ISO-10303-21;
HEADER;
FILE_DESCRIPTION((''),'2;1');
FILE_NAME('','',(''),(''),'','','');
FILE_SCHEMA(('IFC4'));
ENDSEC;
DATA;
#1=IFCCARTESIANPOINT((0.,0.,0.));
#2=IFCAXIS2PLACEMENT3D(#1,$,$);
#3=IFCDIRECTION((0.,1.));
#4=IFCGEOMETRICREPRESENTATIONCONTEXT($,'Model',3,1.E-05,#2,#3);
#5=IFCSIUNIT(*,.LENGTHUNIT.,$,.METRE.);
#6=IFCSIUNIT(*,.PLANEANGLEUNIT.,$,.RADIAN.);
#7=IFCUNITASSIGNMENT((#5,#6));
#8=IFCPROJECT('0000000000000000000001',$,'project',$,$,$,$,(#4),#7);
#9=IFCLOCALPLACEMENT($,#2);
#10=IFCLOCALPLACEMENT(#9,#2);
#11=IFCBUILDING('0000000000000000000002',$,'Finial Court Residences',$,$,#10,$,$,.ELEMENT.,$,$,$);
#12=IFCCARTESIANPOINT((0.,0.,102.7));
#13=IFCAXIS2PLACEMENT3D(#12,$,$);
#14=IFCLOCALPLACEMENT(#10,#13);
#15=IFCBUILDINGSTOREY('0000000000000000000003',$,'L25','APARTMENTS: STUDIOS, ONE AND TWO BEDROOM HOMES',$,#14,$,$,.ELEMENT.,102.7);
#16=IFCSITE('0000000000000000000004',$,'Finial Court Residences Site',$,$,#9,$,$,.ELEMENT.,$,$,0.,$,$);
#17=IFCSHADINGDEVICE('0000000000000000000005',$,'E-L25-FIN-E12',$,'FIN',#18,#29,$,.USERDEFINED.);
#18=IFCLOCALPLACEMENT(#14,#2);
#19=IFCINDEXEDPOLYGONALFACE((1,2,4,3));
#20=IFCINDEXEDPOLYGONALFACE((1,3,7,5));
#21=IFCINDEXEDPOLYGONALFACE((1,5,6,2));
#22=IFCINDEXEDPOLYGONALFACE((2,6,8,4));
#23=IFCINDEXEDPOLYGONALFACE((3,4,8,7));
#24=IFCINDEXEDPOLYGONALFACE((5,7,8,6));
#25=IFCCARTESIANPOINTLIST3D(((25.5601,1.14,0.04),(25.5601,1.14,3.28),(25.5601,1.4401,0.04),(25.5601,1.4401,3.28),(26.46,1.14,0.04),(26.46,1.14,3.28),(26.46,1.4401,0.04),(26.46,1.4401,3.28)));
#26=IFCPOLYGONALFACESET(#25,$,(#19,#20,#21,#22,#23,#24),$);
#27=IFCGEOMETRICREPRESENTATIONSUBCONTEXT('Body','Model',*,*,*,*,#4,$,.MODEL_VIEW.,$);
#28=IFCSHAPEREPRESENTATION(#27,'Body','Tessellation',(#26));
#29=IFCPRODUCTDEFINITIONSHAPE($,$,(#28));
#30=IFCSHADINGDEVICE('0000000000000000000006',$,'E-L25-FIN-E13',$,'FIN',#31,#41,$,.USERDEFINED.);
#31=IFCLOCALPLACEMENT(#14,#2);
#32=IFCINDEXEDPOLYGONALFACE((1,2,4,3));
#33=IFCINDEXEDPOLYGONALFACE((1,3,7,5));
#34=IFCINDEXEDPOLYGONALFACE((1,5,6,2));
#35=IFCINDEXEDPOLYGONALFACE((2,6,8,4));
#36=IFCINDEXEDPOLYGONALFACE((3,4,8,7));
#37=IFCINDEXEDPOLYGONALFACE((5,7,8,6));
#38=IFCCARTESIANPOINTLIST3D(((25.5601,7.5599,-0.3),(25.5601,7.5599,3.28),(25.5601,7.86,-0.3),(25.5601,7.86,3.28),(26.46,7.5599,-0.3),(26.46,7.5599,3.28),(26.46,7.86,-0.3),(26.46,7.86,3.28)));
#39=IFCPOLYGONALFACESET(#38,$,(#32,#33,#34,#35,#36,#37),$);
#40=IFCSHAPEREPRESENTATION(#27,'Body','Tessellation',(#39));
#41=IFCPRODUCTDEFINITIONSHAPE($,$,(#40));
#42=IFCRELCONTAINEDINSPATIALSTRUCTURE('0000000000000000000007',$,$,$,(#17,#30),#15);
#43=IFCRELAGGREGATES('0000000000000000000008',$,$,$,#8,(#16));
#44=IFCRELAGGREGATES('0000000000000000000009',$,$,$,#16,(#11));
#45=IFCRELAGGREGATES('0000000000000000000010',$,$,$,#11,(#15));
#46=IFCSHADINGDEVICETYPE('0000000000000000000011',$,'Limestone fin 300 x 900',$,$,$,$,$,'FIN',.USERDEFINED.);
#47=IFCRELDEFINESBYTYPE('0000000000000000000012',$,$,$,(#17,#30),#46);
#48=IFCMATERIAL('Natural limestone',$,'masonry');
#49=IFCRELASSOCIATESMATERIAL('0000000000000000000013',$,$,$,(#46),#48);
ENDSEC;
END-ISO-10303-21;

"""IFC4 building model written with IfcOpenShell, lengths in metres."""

from ifc_helpers import new_model, si_unit, direction, frame, origin, origin_2d, place, context, subcontext, project, spatial, rectangle, extrude, material, type_object, element, save


model = new_model("IFC4")

# Units and contexts
model_context = context("Model", 3, precision=1e-05, world=origin(), true_north=direction((0.0, 1.0)))
body_context = subcontext(model_context, "Body", "Model", "MODEL_VIEW")
ifc_project = project(units=[si_unit("LENGTHUNIT", "METRE"), si_unit("PLANEANGLEUNIT", "RADIAN")], contexts=[model_context])

# Site, building, storey
site_placement = place(None, origin())
site = spatial("IfcSite", under=ifc_project, at=site_placement, Name="Finial Court Residences Site", CompositionType="ELEMENT", RefElevation=0.0)
building_placement = place(site_placement, origin())
building = spatial("IfcBuilding", under=site, at=building_placement, Name="Finial Court Residences", CompositionType="ELEMENT")
storey_placement = place(building_placement, frame((0.0, 0.0, 102.7)))
storey = spatial("IfcBuildingStorey", under=building, at=storey_placement, Name="L25", Description="APARTMENTS: STUDIOS, ONE AND TWO BEDROOM HOMES", CompositionType="ELEMENT", Elevation=102.7)

# Shading devices
ifc_material_1 = material(Name="Natural limestone", Category="masonry")
shading_device_type = type_object("IfcShadingDeviceType", Name="Limestone fin 300 x 900", ElementType="FIN", PredefinedType="USERDEFINED", material=ifc_material_1)
shading_device_1_placement = place(storey_placement, frame((26.01, 1.29, 0.04), z_axis=(0.0, 0.0, 1.0), x_axis=(1.0, 0.0, 0.0)))
element("IfcShadingDevice", 1, at=shading_device_1_placement, inside=storey, type_object=shading_device_type, Name="E-L25-FIN-E12", ObjectType="FIN", PredefinedType="USERDEFINED", context=body_context, shape_type="SweptSolid", body=[
    extrude(rectangle(XDim=0.8999, YDim=0.3, at=origin_2d()), origin(), (0.0, 0.0, 1.0), 3.24),
])
shading_device_2_placement = place(storey_placement, frame((26.01, 7.71, -0.3), z_axis=(0.0, 0.0, 1.0), x_axis=(1.0, 0.0, 0.0)))
element("IfcShadingDevice", 2, at=shading_device_2_placement, inside=storey, type_object=shading_device_type, Name="E-L25-FIN-E13", ObjectType="FIN", PredefinedType="USERDEFINED", context=body_context, shape_type="SweptSolid", body=[
    extrude(rectangle(XDim=0.8999, YDim=0.3, at=origin_2d()), origin(), (0.0, 0.0, 1.0), 3.5801),
])

save(model, "model.ifc")
